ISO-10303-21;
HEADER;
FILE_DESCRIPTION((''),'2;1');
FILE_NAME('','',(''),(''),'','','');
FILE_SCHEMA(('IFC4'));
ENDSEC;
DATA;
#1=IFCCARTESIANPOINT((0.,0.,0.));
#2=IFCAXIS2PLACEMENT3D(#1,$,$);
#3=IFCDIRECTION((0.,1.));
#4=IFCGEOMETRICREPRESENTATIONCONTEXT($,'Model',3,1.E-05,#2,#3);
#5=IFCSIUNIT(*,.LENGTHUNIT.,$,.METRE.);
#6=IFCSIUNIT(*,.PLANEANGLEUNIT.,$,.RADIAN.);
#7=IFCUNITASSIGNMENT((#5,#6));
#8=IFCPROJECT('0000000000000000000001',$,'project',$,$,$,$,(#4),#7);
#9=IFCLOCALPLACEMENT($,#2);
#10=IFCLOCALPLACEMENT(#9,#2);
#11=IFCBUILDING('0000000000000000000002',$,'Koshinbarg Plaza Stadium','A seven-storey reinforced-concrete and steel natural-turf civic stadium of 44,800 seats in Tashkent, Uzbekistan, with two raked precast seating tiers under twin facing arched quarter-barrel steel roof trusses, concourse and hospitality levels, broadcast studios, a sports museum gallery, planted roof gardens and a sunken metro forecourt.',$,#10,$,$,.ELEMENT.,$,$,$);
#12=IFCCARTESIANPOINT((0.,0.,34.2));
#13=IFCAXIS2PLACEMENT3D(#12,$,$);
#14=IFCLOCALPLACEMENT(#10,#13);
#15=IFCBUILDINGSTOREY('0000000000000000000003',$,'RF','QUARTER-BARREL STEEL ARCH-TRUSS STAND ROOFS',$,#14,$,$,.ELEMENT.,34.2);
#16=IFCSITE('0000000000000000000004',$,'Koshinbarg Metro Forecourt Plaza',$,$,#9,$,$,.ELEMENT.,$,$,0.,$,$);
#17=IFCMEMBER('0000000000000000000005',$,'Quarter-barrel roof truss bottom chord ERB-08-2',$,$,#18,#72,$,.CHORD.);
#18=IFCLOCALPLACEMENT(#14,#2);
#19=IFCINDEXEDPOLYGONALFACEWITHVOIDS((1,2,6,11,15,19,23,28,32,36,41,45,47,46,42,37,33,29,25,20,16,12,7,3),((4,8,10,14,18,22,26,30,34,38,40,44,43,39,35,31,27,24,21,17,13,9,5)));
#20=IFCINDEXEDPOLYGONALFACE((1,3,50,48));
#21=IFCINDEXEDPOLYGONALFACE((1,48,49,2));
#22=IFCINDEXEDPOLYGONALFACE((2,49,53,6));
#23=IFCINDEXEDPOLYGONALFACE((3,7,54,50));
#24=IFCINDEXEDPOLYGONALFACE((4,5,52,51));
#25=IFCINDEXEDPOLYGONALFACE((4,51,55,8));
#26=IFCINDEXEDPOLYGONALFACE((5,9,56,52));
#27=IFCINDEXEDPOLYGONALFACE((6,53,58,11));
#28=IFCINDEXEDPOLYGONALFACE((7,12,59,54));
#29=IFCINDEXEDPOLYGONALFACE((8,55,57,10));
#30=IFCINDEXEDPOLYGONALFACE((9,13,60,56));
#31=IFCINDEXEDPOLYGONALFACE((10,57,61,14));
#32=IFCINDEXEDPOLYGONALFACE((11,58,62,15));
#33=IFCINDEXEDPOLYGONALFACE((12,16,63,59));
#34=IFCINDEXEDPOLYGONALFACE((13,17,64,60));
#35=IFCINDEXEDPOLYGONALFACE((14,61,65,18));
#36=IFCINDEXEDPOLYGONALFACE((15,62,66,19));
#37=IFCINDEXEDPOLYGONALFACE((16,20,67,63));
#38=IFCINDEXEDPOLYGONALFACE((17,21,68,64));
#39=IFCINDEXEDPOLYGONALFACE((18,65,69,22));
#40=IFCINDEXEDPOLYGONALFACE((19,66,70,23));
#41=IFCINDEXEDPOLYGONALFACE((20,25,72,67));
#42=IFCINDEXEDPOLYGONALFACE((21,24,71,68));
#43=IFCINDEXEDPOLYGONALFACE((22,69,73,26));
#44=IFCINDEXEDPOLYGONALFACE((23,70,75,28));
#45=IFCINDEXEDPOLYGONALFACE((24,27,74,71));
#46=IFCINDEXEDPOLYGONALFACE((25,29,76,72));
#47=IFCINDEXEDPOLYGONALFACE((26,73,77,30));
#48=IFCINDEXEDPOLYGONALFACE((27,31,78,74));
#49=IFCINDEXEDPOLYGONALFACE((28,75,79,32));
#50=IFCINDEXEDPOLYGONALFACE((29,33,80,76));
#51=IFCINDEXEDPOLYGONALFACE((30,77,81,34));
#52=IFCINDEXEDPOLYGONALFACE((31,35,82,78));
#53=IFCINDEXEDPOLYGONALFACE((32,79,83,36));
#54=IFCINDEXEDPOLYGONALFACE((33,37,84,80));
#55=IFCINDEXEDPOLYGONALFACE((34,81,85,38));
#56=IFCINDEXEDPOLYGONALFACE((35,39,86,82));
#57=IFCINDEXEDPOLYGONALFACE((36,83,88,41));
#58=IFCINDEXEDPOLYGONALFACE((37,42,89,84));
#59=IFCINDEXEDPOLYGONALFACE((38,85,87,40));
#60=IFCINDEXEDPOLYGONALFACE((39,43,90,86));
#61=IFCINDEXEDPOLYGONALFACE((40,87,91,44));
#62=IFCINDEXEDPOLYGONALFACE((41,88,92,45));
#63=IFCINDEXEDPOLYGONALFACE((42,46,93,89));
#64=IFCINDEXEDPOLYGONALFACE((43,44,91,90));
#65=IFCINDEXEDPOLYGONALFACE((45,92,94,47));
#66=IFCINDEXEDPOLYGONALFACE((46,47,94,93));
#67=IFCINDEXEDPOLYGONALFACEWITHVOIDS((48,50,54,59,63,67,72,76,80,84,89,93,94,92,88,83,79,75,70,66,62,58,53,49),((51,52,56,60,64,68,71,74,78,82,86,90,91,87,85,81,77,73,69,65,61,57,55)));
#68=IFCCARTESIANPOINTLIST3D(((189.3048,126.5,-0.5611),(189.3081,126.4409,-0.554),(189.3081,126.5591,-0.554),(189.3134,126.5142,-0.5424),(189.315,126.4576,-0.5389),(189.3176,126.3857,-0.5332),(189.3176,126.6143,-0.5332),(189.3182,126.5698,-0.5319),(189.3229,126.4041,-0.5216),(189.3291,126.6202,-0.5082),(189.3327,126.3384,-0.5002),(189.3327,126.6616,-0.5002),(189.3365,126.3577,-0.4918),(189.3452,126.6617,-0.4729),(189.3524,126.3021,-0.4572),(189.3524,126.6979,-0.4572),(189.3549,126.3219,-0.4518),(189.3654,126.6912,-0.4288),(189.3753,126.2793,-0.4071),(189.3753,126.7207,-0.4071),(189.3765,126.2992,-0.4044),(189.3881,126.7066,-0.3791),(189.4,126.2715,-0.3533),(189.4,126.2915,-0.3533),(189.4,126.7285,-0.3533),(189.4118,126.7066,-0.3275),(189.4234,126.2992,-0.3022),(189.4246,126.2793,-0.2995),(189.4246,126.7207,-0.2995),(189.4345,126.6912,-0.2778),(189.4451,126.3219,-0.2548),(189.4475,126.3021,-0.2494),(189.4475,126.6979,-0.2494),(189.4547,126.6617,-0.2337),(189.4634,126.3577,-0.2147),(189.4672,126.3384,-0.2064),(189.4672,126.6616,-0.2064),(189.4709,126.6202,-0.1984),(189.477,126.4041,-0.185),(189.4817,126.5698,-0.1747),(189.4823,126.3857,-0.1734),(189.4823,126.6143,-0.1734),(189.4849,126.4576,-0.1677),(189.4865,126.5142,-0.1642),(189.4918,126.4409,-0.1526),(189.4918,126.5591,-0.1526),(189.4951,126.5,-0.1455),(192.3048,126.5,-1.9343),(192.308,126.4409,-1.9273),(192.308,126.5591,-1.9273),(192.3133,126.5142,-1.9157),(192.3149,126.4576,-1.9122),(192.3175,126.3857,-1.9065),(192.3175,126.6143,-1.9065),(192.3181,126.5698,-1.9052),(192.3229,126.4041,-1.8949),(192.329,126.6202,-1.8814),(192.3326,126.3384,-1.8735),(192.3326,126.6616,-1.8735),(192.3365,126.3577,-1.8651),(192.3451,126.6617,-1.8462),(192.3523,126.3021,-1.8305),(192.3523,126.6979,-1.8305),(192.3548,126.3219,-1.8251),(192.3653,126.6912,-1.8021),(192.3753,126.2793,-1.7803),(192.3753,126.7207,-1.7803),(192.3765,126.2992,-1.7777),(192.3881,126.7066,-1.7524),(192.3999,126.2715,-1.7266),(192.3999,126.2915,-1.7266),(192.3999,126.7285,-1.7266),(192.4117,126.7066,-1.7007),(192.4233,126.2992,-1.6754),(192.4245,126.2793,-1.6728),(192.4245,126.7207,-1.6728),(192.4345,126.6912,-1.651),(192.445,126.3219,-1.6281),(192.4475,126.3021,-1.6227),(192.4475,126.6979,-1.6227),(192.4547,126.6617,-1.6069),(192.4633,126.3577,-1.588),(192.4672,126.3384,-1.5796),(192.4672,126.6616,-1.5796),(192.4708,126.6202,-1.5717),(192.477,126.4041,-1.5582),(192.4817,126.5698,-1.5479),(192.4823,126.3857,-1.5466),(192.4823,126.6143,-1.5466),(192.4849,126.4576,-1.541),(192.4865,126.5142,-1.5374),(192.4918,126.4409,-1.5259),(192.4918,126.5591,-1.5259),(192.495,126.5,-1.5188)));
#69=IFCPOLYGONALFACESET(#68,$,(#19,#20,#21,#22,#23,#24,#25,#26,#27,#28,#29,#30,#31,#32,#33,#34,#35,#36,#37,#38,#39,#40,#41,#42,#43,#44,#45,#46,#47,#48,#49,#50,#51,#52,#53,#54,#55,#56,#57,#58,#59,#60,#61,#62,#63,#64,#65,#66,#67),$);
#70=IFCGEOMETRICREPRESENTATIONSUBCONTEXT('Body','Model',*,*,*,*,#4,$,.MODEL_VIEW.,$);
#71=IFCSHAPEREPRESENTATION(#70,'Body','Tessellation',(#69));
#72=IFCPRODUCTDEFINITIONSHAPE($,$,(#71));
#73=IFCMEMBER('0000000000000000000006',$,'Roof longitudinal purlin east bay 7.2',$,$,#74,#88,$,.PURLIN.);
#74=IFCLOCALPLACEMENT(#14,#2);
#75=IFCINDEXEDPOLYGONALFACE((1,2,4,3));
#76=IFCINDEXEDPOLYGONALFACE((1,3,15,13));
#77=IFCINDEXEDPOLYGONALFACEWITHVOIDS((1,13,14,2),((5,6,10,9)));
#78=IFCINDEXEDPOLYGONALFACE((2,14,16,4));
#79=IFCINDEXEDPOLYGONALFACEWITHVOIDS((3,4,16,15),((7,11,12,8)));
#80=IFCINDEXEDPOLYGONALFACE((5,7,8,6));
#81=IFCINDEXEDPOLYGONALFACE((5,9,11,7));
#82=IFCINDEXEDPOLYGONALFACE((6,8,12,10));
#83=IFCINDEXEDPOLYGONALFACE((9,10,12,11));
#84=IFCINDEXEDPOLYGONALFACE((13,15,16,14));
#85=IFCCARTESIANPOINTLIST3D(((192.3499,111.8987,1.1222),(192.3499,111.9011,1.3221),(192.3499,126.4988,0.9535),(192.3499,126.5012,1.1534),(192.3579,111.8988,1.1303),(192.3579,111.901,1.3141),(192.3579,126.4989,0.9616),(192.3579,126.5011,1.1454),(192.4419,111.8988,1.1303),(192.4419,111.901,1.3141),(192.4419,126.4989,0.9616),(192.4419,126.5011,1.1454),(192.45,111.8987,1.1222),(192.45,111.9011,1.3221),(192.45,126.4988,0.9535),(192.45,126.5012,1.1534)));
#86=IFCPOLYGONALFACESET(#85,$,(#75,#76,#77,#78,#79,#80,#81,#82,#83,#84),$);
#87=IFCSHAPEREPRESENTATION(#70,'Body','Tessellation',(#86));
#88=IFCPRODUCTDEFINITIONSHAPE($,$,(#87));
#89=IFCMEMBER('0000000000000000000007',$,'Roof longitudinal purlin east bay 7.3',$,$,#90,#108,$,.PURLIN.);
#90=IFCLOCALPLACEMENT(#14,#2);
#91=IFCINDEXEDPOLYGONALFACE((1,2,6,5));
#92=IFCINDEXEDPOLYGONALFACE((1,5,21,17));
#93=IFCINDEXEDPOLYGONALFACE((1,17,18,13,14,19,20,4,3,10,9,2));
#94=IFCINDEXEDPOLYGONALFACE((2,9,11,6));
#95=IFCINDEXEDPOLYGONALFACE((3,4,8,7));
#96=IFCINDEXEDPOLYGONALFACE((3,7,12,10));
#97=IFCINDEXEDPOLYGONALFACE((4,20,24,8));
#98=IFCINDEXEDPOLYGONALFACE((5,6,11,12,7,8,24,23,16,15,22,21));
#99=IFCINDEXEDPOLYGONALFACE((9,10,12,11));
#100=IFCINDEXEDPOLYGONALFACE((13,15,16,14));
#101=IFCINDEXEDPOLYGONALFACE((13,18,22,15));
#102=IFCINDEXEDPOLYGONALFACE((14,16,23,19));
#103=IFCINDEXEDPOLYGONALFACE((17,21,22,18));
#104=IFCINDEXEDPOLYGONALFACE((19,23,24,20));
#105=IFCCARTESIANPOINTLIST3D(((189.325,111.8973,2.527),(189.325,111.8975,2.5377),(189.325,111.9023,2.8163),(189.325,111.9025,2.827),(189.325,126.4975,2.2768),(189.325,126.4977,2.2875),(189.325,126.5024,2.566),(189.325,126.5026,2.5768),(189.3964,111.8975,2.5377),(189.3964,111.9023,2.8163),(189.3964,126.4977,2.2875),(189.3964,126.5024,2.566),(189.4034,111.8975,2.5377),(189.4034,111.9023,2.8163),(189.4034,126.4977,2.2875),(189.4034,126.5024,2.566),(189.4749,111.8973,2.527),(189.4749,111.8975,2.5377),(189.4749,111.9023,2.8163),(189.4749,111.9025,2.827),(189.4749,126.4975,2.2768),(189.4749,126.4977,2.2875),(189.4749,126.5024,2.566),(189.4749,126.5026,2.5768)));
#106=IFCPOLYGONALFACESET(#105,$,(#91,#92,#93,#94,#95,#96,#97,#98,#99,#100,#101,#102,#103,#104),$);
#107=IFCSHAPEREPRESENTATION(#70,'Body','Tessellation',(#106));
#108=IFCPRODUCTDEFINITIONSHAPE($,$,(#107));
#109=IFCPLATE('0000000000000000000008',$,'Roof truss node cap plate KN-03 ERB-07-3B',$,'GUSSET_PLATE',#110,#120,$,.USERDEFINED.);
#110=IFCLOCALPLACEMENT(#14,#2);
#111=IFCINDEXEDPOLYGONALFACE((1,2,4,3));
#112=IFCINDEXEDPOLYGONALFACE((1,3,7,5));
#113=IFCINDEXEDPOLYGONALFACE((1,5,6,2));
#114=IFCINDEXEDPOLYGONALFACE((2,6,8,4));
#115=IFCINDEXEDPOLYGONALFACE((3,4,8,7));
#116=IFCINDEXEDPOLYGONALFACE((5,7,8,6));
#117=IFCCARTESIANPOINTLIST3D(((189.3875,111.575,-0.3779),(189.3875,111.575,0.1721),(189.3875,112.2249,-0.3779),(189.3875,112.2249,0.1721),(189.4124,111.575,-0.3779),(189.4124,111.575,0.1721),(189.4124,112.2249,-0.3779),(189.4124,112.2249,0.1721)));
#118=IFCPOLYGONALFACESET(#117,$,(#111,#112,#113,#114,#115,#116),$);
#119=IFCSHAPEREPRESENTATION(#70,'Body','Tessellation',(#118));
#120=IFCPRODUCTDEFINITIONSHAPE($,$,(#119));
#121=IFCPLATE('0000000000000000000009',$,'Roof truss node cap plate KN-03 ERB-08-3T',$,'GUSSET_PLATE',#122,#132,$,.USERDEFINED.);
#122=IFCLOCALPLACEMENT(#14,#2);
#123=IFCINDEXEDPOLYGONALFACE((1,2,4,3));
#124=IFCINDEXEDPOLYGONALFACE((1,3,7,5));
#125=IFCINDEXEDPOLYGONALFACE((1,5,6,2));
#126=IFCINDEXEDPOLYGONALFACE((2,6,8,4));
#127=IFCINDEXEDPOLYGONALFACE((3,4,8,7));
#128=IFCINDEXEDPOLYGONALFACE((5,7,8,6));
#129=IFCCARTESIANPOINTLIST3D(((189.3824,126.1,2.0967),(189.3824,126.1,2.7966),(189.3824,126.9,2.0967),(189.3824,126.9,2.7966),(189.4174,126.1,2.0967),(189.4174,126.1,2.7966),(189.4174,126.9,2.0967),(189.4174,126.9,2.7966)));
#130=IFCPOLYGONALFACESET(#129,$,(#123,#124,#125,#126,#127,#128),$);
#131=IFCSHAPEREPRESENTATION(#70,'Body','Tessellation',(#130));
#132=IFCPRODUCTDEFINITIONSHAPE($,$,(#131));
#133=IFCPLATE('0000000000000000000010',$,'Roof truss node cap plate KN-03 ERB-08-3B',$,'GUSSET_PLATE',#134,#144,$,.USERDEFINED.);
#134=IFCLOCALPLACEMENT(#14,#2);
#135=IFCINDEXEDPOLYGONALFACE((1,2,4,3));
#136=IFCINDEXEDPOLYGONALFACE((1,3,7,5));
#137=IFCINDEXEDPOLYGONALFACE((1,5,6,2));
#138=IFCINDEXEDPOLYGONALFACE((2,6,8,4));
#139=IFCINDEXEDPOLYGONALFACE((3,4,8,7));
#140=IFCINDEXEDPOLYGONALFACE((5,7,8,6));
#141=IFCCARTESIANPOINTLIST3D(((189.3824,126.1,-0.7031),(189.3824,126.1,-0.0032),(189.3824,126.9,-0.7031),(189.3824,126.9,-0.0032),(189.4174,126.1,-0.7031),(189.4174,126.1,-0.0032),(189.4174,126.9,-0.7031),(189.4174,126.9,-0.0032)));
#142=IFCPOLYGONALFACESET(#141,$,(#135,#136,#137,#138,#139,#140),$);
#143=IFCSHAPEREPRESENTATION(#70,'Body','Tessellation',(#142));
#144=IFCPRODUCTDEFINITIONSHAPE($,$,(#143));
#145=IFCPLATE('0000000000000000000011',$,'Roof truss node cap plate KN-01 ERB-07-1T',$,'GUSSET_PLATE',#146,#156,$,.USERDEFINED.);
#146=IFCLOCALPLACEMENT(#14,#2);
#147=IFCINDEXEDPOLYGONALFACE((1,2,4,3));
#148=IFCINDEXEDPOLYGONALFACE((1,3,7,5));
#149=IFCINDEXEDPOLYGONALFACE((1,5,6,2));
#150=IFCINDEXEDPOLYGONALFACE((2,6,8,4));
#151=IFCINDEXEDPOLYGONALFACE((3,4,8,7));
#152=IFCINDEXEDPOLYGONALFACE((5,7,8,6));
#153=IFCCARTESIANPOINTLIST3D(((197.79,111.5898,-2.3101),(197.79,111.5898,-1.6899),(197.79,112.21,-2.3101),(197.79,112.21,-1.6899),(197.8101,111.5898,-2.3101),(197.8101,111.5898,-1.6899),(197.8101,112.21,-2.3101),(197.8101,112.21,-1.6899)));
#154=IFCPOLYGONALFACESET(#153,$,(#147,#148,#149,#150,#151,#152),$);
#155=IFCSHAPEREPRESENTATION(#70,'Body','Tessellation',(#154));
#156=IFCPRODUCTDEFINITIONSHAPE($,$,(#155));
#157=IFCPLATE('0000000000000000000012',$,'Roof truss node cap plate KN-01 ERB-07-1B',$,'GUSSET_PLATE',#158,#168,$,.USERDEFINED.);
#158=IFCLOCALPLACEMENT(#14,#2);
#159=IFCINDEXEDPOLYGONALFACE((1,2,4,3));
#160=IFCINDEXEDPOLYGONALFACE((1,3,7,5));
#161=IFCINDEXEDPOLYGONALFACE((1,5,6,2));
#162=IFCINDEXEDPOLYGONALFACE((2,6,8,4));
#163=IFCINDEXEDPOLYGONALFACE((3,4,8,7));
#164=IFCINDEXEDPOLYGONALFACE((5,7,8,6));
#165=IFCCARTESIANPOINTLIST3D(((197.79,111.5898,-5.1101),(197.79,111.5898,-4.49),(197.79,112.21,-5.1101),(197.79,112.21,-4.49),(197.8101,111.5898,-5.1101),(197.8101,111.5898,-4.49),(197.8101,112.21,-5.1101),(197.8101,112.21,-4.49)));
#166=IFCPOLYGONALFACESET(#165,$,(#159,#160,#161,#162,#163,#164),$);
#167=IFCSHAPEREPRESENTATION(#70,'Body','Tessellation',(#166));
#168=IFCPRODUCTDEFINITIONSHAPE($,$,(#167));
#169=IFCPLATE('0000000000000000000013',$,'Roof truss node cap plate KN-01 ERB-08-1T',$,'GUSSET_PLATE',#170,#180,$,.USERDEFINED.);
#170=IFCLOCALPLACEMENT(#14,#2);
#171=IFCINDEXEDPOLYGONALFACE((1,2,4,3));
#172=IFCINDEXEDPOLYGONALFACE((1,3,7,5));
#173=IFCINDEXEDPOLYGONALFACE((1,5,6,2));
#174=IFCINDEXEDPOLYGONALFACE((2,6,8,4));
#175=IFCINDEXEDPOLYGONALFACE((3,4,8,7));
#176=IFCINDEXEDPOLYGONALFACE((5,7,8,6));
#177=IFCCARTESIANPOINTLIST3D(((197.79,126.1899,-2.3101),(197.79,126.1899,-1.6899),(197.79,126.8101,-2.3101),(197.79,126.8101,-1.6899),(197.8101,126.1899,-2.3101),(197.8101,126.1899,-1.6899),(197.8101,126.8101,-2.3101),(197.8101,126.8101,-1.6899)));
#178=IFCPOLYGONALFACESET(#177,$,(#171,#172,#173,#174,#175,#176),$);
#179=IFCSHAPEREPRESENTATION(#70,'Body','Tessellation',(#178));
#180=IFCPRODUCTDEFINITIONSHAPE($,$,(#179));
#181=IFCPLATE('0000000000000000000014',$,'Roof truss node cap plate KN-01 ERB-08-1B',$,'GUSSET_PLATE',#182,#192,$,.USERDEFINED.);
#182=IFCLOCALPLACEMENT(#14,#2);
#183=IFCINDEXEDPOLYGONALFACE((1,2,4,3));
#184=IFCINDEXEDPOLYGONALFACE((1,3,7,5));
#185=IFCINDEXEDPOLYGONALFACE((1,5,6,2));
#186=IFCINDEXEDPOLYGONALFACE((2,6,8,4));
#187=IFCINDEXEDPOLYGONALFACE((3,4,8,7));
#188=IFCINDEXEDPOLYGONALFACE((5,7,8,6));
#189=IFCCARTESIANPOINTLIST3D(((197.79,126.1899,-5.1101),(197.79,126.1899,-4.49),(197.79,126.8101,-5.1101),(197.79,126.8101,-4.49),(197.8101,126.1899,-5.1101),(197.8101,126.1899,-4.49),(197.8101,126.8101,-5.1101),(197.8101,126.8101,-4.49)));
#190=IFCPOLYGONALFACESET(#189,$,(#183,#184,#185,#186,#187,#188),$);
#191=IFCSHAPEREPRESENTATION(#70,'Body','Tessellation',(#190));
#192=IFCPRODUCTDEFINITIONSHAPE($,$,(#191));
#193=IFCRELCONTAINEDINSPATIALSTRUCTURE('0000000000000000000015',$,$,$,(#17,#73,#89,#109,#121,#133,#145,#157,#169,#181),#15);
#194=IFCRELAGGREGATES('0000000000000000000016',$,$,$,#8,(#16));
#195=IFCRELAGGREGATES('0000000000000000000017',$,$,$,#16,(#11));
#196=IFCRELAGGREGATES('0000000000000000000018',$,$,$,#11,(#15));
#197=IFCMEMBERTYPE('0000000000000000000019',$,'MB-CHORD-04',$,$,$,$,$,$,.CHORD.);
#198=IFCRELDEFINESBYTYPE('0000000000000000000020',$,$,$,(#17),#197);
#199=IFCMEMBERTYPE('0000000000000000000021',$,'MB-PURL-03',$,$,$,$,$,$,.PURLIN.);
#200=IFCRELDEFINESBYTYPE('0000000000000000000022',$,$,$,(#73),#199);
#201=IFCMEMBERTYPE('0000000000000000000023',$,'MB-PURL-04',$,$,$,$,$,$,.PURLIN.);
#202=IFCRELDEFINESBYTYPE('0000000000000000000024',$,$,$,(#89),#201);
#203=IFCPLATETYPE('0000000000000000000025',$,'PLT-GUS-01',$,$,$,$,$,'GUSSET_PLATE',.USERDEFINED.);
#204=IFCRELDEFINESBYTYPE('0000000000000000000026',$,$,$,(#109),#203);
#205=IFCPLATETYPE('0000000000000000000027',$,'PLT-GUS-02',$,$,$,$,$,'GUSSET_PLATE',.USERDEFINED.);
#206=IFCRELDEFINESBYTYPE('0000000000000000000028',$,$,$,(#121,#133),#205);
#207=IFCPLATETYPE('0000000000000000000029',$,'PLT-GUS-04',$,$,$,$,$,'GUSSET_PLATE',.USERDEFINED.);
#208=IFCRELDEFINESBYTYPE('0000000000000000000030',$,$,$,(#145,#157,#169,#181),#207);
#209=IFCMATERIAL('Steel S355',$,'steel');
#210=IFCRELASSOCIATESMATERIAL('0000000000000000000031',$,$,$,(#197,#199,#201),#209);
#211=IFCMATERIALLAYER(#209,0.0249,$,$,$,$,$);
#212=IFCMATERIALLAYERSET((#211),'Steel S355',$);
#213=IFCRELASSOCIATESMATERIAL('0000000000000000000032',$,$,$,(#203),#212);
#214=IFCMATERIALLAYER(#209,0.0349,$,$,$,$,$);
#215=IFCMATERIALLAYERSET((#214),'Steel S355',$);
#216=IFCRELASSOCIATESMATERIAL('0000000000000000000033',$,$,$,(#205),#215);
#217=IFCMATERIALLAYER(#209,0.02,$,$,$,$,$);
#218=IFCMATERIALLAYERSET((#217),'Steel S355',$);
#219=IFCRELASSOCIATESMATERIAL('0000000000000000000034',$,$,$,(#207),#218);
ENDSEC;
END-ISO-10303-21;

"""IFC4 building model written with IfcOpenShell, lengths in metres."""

from ifc_helpers import new_model, si_unit, direction, frame, origin, origin_2d, place, context, subcontext, project, spatial, rectangle, hollow_rectangle, hollow_circle, i_section, extrude, material, layer, layer_set, material_profile, profile_set, type_object, element, save


model = new_model("IFC4")

# Units and contexts
model_context = context("Model", 3, precision=1e-05, world=origin(), true_north=direction((0.0, 1.0)))
body_context = subcontext(model_context, "Body", "Model", "MODEL_VIEW")
ifc_project = project(units=[si_unit("LENGTHUNIT", "METRE"), si_unit("PLANEANGLEUNIT", "RADIAN")], contexts=[model_context])

# Site, building, storey
site_placement = place(None, origin())
site = spatial("IfcSite", under=ifc_project, at=site_placement, Name="Koshinbarg Metro Forecourt Plaza", CompositionType="ELEMENT", RefElevation=0.0)
building_placement = place(site_placement, origin())
building = spatial("IfcBuilding", under=site, at=building_placement, Name="Koshinbarg Plaza Stadium", Description="A seven-storey reinforced-concrete and steel natural-turf civic stadium of 44,800 seats in Tashkent, Uzbekistan, with two raked precast seating tiers under twin facing arched quarter-barrel steel roof trusses, concourse and hospitality levels, broadcast studios, a sports museum gallery, planted roof gardens and a sunken metro forecourt.", CompositionType="ELEMENT")
storey_placement = place(building_placement, frame((0.0, 0.0, 34.2)))
storey = spatial("IfcBuildingStorey", under=building, at=storey_placement, Name="RF", Description="QUARTER-BARREL STEEL ARCH-TRUSS STAND ROOFS", CompositionType="ELEMENT", Elevation=34.2)

# Members
ifc_material_1 = material(Name="Steel S355", Category="steel")
ifc_material_profile_1 = material_profile(ifc_material_1, hollow_circle(Radius=0.2285, WallThickness=0.02, at=origin_2d()), Name="CHS 457x20")
ifc_profile_set_1 = profile_set([ifc_material_profile_1], Name="Steel S355")
member_type_1 = type_object("IfcMemberType", Name="MB-CHORD-04", PredefinedType="CHORD", material=ifc_profile_set_1)
member_1_placement = place(storey_placement, frame((192.3999, 126.5, -1.7266), z_axis=(-0.909261, 0.0, 0.416227), x_axis=(0.0, -1.0, 0.0)))
element("IfcMember", 1, at=member_1_placement, inside=storey, type_object=member_type_1, Name="Quarter-barrel roof truss bottom chord ERB-08-2", PredefinedType="CHORD", context=body_context, shape_type="SweptSolid", body=[
    extrude(hollow_circle(Radius=0.2285, WallThickness=0.02, at=origin_2d()), origin(), (0.0, 0.0, 1.0), 3.2993),
])
ifc_material_profile_2 = material_profile(ifc_material_1, hollow_rectangle(XDim=0.1001, YDim=0.2, WallThickness=0.0081, at=origin_2d()), Name="RHS 200x100x8")
ifc_profile_set_2 = profile_set([ifc_material_profile_2], Name="Steel S355")
member_type_2 = type_object("IfcMemberType", Name="MB-PURL-03", PredefinedType="PURLIN", material=ifc_profile_set_2)
member_2_placement = place(storey_placement, frame((192.3999, 111.8999, 1.2222), z_axis=(0.0, 0.999933, -0.011554), x_axis=(-1.0, 0.0, 0.0)))
element("IfcMember", 2, at=member_2_placement, inside=storey, type_object=member_type_2, Name="Roof longitudinal purlin east bay 7.2", PredefinedType="PURLIN", context=body_context, shape_type="SweptSolid", body=[
    extrude(hollow_rectangle(XDim=0.1001, YDim=0.2, WallThickness=0.0081, at=origin_2d()), origin(), (0.0, 0.0, 1.0), 14.6011),
])
ifc_material_profile_3 = material_profile(ifc_material_1, i_section(OverallWidth=0.1499, OverallDepth=0.3, WebThickness=0.0071, FlangeThickness=0.0107, at=origin_2d()), Name="IPE 300")
ifc_profile_set_3 = profile_set([ifc_material_profile_3], Name="Steel S355")
member_type_3 = type_object("IfcMemberType", Name="MB-PURL-04", PredefinedType="PURLIN", material=ifc_profile_set_3)
member_3_placement = place(storey_placement, frame((189.3999, 111.8999, 2.677), z_axis=(0.0, 0.999853, -0.017137), x_axis=(-1.0, 0.0, 0.0)))
element("IfcMember", 3, at=member_3_placement, inside=storey, type_object=member_type_3, Name="Roof longitudinal purlin east bay 7.3", PredefinedType="PURLIN", context=body_context, shape_type="SweptSolid", body=[
    extrude(i_section(OverallWidth=0.1499, OverallDepth=0.3, WebThickness=0.0071, FlangeThickness=0.0107, at=origin_2d()), origin(), (0.0, 0.0, 1.0), 14.6023),
])

# Plates
ifc_layer_1 = layer(ifc_material_1, 0.0249)
ifc_layer_set_1 = layer_set([ifc_layer_1], Name="Steel S355")
plate_type_1 = type_object("IfcPlateType", Name="PLT-GUS-01", ElementType="GUSSET_PLATE", PredefinedType="USERDEFINED", material=ifc_layer_set_1)
plate_placement = place(storey_placement, frame((189.3999, 111.8999, -0.3779), z_axis=(0.0, 0.0, 1.0), x_axis=(1.0, 0.0, 0.0)))
element("IfcPlate", 4, at=plate_placement, inside=storey, type_object=plate_type_1, Name="Roof truss node cap plate KN-03 ERB-07-3B", ObjectType="GUSSET_PLATE", PredefinedType="USERDEFINED", context=body_context, shape_type="SweptSolid", body=[
    extrude(rectangle(XDim=0.0249, YDim=0.6499, at=origin_2d()), origin(), (0.0, 0.0, 1.0), 0.55),
])
ifc_layer_2 = layer(ifc_material_1, 0.0349)
ifc_layer_set_2 = layer_set([ifc_layer_2], Name="Steel S355")
plate_type_2 = type_object("IfcPlateType", Name="PLT-GUS-02", ElementType="GUSSET_PLATE", PredefinedType="USERDEFINED", material=ifc_layer_set_2)
for number, where, z_axis, x_axis, name in (
    (5, (189.3999, 126.5, 2.0967), (0.0, 0.0, 1.0), (1.0, 0.0, 0.0), "Roof truss node cap plate KN-03 ERB-08-3T"),
    (6, (189.3999, 126.5, -0.7031), (0.0, 0.0, 1.0), (1.0, 0.0, 0.0), "Roof truss node cap plate KN-03 ERB-08-3B"),
):
    element("IfcPlate", number, at=place(storey_placement, frame(where, z_axis=z_axis, x_axis=x_axis)), inside=storey, type_object=plate_type_2, Name=name, ObjectType="GUSSET_PLATE", PredefinedType="USERDEFINED", context=body_context, shape_type="SweptSolid", body=[
        extrude(rectangle(XDim=0.0349, YDim=0.8, at=origin_2d()), origin(), (0.0, 0.0, 1.0), 0.7),
    ])
ifc_layer_3 = layer(ifc_material_1, 0.02)
ifc_layer_set_3 = layer_set([ifc_layer_3], Name="Steel S355")
plate_type_3 = type_object("IfcPlateType", Name="PLT-GUS-04", ElementType="GUSSET_PLATE", PredefinedType="USERDEFINED", material=ifc_layer_set_3)
for number, where, z_axis, x_axis, name in (
    (7, (197.8, 111.8999, -2.3101), (0.0, 0.0, 1.0), (1.0, 0.0, 0.0), "Roof truss node cap plate KN-01 ERB-07-1T"),
    (8, (197.8, 111.8999, -5.1101), (0.0, 0.0, 1.0), (1.0, 0.0, 0.0), "Roof truss node cap plate KN-01 ERB-07-1B"),
    (9, (197.8, 126.5, -2.3101), (0.0, 0.0, 1.0), (1.0, 0.0, 0.0), "Roof truss node cap plate KN-01 ERB-08-1T"),
    (10, (197.8, 126.5, -5.1101), (0.0, 0.0, 1.0), (1.0, 0.0, 0.0), "Roof truss node cap plate KN-01 ERB-08-1B"),
):
    element("IfcPlate", number, at=place(storey_placement, frame(where, z_axis=z_axis, x_axis=x_axis)), inside=storey, type_object=plate_type_3, Name=name, ObjectType="GUSSET_PLATE", PredefinedType="USERDEFINED", context=body_context, shape_type="SweptSolid", body=[
        extrude(rectangle(XDim=0.02, YDim=0.6201, at=origin_2d()), origin(), (0.0, 0.0, 1.0), 0.6201),
    ])

save(model, "model.ifc")
